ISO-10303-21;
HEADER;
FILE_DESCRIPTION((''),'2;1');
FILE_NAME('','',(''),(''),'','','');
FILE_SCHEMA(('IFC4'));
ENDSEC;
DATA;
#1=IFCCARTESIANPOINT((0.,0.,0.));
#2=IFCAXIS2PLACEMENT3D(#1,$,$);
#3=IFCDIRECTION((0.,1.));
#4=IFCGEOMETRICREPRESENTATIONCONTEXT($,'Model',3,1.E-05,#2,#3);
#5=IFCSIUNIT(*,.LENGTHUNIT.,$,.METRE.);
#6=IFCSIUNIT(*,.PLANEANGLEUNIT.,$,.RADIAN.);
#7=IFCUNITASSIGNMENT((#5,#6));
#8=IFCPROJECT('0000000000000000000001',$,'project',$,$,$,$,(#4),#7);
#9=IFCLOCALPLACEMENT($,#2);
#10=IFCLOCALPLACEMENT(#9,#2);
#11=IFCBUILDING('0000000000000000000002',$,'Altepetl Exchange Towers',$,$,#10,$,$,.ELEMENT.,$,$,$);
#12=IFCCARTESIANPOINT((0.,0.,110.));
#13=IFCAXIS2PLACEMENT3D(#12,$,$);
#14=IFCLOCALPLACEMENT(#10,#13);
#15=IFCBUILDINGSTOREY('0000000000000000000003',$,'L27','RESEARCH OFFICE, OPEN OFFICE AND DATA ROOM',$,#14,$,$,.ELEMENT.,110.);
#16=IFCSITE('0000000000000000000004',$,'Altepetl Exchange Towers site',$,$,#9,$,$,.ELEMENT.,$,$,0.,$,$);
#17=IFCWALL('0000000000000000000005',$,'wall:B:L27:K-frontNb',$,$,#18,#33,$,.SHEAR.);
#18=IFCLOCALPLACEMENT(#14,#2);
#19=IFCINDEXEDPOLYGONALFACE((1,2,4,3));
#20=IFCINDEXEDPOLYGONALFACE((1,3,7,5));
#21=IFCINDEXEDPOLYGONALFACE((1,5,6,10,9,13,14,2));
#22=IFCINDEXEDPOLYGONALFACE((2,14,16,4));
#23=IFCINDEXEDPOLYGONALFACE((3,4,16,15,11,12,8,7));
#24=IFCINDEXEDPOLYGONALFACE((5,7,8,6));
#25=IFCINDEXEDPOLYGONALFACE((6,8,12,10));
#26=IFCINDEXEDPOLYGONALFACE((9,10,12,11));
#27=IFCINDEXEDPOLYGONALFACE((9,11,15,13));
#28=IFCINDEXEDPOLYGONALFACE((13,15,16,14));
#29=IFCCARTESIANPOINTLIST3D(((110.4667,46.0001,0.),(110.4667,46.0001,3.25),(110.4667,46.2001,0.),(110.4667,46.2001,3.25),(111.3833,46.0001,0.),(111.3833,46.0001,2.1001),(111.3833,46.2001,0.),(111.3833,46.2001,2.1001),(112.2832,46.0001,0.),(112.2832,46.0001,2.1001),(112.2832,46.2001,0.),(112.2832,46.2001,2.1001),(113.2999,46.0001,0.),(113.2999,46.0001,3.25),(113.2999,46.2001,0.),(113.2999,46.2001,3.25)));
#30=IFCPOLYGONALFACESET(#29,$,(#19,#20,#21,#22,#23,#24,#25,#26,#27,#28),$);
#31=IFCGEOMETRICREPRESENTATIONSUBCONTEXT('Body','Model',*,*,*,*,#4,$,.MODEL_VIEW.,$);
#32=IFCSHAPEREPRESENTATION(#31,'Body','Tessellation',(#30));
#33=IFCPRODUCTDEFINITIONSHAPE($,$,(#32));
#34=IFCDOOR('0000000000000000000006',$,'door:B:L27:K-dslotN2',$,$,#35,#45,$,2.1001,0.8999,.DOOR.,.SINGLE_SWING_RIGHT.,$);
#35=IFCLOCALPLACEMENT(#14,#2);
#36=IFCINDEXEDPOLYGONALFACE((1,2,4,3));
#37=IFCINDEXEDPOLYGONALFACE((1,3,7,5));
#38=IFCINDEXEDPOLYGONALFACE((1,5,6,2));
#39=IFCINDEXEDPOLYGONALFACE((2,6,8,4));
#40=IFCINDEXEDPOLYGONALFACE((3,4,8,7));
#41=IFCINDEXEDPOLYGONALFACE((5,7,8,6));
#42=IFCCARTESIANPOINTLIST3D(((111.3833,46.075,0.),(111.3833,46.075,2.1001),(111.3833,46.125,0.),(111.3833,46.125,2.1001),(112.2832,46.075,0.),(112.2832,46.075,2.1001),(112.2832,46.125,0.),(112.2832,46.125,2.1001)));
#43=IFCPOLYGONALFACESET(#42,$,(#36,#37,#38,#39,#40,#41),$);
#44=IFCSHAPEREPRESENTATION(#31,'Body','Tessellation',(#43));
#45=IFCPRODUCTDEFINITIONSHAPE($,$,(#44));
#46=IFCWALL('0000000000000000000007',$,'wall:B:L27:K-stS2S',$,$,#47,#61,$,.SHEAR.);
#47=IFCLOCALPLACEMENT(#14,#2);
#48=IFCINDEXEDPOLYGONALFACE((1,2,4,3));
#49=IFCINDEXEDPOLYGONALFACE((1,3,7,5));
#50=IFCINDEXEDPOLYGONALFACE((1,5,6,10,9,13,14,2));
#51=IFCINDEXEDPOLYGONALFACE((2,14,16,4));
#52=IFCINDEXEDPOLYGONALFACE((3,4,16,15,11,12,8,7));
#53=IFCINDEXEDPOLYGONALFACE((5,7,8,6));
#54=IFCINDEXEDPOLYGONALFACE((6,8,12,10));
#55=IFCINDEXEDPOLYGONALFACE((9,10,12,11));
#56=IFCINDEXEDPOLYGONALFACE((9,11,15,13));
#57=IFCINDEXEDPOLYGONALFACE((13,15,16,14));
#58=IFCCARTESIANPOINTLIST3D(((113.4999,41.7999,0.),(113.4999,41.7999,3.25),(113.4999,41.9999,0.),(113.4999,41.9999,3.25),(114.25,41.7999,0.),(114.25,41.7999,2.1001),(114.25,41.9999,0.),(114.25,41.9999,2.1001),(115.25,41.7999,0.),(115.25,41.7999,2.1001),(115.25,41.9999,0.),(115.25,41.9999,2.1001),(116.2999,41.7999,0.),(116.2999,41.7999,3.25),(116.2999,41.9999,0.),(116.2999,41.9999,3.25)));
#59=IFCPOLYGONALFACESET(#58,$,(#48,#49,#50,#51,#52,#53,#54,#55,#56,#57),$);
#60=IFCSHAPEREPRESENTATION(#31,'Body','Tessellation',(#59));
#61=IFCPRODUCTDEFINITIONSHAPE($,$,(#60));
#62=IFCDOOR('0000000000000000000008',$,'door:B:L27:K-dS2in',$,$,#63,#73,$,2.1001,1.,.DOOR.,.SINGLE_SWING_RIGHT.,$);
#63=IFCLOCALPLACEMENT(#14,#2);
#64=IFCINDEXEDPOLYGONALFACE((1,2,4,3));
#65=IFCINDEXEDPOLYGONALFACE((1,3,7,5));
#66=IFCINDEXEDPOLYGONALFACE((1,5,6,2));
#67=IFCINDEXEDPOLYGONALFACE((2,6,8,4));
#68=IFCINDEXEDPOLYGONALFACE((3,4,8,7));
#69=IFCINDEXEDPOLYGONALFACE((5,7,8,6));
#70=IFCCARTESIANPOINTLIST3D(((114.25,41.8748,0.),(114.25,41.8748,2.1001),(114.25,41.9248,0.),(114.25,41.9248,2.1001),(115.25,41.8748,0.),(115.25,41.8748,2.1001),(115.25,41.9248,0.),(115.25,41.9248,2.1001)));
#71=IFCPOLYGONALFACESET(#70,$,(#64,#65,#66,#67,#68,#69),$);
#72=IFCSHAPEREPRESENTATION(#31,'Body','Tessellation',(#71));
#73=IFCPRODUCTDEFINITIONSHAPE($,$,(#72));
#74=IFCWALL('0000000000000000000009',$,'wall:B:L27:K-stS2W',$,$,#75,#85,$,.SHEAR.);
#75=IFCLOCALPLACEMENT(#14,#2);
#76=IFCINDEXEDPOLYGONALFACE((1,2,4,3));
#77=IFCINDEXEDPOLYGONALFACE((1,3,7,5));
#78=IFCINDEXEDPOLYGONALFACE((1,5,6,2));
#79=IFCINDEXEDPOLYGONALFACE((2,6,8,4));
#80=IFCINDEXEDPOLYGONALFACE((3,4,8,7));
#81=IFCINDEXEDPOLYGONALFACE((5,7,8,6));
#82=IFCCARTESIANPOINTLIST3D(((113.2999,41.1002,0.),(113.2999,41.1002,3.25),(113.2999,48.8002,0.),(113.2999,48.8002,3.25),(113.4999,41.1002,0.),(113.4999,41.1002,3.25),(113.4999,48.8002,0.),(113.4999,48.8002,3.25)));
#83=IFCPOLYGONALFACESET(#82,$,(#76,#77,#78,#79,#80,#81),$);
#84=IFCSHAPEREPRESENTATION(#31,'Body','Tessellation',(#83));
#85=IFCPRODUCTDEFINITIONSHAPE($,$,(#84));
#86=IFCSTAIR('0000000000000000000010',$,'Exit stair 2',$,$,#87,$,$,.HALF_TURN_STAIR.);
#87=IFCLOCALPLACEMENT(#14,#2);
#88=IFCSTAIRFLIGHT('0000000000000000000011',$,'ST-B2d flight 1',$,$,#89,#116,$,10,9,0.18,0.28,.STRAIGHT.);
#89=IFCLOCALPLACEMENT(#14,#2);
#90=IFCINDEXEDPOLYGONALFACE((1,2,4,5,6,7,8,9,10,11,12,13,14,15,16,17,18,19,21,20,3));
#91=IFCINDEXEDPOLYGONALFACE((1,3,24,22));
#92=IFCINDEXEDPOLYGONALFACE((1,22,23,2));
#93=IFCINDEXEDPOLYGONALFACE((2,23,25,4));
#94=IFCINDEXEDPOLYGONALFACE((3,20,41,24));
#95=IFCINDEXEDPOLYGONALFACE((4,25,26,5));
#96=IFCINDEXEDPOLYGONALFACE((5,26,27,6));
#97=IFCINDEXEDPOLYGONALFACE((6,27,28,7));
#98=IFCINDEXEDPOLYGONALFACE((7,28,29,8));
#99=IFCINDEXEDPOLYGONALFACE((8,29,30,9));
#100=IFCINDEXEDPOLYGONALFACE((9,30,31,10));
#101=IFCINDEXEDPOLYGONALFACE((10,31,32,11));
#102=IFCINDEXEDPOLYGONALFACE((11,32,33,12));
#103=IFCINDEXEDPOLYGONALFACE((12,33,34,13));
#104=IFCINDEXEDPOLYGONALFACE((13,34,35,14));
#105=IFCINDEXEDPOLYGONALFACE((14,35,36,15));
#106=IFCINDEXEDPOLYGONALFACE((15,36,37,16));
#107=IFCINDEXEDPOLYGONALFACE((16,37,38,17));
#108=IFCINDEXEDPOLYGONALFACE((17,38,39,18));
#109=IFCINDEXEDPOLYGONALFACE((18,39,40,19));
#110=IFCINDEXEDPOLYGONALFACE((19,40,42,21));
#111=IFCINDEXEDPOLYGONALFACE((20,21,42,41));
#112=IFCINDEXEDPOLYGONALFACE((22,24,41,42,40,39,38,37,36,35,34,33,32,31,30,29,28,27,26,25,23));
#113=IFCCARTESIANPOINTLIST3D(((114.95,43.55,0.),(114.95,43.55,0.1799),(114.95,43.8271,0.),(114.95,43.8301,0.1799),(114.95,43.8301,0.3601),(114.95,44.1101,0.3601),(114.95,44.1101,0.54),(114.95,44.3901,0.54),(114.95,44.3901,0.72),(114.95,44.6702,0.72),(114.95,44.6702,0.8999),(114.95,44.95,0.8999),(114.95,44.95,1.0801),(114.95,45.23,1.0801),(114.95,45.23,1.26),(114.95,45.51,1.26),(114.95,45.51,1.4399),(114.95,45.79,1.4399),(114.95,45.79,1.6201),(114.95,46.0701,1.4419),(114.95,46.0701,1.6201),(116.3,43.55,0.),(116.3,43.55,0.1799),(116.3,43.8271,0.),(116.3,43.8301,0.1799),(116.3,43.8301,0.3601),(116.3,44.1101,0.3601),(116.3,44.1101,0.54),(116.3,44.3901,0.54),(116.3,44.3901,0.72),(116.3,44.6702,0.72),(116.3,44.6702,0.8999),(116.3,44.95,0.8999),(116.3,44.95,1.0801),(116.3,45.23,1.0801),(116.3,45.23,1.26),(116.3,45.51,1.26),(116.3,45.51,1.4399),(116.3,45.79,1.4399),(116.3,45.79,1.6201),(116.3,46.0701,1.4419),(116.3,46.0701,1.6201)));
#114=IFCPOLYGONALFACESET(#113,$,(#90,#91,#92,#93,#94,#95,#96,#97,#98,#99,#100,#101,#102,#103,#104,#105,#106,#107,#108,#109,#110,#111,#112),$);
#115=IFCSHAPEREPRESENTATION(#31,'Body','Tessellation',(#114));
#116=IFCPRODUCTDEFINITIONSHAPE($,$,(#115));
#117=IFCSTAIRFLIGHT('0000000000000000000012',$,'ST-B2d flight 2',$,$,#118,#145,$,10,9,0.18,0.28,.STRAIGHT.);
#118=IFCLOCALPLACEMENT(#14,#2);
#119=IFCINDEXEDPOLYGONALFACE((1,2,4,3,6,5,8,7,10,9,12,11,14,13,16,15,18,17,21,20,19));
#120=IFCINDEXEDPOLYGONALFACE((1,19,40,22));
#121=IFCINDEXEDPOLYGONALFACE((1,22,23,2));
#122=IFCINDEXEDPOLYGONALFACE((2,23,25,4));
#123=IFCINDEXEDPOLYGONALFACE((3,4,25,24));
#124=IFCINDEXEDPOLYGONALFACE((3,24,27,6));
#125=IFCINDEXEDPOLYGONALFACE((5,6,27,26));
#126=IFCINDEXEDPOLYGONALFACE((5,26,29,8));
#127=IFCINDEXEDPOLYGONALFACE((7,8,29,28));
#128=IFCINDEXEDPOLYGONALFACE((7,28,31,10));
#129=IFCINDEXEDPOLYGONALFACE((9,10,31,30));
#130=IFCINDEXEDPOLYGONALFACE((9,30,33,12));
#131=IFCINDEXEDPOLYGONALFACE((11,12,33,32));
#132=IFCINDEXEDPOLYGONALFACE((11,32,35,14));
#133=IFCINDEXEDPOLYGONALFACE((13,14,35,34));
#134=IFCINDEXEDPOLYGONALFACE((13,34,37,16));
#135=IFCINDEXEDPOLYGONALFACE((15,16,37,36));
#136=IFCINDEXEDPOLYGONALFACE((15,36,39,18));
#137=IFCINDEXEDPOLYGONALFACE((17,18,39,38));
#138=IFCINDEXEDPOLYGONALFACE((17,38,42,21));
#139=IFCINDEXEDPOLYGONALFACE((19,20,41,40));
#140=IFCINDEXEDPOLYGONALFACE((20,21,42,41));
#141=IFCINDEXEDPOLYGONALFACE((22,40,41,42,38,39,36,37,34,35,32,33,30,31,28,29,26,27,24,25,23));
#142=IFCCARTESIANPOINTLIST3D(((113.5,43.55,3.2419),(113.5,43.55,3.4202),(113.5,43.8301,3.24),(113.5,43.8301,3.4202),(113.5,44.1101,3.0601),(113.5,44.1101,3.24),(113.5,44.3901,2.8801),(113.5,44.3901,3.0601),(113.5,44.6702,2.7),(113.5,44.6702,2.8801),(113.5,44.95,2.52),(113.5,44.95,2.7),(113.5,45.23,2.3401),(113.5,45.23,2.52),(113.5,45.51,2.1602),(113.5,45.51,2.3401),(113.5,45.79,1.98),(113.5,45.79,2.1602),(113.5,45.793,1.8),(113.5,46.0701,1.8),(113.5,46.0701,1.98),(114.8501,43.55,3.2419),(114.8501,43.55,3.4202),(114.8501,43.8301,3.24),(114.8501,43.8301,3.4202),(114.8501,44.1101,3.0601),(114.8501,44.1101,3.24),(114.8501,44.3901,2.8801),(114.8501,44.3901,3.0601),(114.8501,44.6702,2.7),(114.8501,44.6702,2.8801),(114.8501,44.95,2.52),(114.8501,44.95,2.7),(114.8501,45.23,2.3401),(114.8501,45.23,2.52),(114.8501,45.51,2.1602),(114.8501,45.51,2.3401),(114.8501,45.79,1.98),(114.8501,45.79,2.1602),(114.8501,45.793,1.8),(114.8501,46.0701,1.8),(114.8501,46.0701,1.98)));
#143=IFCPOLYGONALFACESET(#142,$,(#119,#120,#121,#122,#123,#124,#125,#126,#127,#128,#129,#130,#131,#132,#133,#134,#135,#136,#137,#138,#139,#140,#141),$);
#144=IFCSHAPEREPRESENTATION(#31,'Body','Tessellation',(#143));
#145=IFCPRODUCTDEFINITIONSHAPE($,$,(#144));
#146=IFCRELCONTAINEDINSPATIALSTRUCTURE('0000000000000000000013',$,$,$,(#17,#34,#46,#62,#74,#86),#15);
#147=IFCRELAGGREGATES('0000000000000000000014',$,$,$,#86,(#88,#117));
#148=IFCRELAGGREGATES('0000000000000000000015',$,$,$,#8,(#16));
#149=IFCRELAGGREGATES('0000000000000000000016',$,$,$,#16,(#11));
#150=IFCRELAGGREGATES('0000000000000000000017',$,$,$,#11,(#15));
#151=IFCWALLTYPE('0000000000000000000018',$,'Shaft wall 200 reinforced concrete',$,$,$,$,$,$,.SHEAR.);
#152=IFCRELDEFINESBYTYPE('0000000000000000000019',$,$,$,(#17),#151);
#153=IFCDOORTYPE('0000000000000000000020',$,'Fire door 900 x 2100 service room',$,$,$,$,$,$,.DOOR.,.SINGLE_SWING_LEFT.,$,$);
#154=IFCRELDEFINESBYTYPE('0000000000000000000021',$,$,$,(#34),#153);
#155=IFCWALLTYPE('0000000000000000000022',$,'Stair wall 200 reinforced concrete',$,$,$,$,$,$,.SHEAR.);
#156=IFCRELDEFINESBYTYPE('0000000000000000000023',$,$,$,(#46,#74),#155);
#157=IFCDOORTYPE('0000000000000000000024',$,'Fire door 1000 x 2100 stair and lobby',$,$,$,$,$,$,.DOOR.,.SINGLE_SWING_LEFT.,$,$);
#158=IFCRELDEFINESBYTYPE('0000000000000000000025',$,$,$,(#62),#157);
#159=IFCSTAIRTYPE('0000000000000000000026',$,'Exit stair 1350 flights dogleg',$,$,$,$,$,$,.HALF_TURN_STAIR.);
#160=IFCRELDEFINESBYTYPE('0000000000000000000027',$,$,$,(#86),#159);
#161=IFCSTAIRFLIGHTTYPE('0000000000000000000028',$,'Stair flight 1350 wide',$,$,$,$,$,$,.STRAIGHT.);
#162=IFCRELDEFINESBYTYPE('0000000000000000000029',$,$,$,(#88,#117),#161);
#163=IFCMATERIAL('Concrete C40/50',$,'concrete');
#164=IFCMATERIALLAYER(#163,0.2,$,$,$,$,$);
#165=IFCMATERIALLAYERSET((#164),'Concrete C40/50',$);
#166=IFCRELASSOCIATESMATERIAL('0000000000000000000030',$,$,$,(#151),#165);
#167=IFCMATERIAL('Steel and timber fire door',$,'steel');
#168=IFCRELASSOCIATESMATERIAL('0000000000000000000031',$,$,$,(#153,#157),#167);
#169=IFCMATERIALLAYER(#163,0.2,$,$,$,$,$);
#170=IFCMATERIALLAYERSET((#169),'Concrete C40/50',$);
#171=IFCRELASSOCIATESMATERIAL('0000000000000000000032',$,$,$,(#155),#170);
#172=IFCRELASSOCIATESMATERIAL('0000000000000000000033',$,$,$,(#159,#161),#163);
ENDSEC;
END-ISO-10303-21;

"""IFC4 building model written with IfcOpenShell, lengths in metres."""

from ifc_helpers import new_model, si_unit, direction, frame, frame_2d, origin, place, context, subcontext, project, spatial, polyline, rectangle, outline, extrude, material, layer, layer_set, type_object, element, fill, aggregate, save


model = new_model("IFC4")

# Units and contexts
model_context = context("Model", 3, precision=1e-05, world=origin(), true_north=direction((0.0, 1.0)))
body_context = subcontext(model_context, "Body", "Model", "MODEL_VIEW")
ifc_project = project(units=[si_unit("LENGTHUNIT", "METRE"), si_unit("PLANEANGLEUNIT", "RADIAN")], contexts=[model_context])

# Site, building, storey
site_placement = place(None, origin())
site = spatial("IfcSite", under=ifc_project, at=site_placement, Name="Altepetl Exchange Towers site", CompositionType="ELEMENT", RefElevation=0.0)
building_placement = place(site_placement, origin())
building = spatial("IfcBuilding", under=site, at=building_placement, Name="Altepetl Exchange Towers", CompositionType="ELEMENT")
storey_placement = place(building_placement, frame((0.0, 0.0, 110.0)))
storey = spatial("IfcBuildingStorey", under=building, at=storey_placement, Name="L27", Description="RESEARCH OFFICE, OPEN OFFICE AND DATA ROOM", CompositionType="ELEMENT", Elevation=110.0)

# Shared definitions
ifc_material_1 = material(Name="Concrete C40/50", Category="concrete")
ifc_layer_1 = layer(ifc_material_1, 0.2)
ifc_layer_set_1 = layer_set([ifc_layer_1], Name="Concrete C40/50")
wall_type_1 = type_object("IfcWallType", Name="Shaft wall 200 reinforced concrete", PredefinedType="SHEAR", material=ifc_layer_set_1)

# Walls, openings, doors
wall_1_placement = place(storey_placement, frame((110.4668, 46.1001, 0.0)))
wall_1 = element("IfcWall", 1, at=wall_1_placement, inside=storey, type_object=wall_type_1, Name="wall:B:L27:K-frontNb", PredefinedType="SHEAR", context=body_context, shape_type="SweptSolid", body=[
    extrude(rectangle(XDim=2.8333, YDim=0.2, at=frame_2d((1.4165, 0.0))), origin(), (0.0, 0.0, 1.0), 3.25),
])
opening_1_placement = place(wall_1_placement, frame((0.9165, 0.0, 0.0)))
opening_1 = element("IfcOpeningElement", 2, at=opening_1_placement, cuts=wall_1, PredefinedType="OPENING", context=body_context, shape_type="SweptSolid", body=[
    extrude(rectangle(XDim=0.8999, YDim=2.1001, at=frame_2d((0.45, 1.05))), frame((0.0, 0.1099, 0.0), z_axis=(0.0, -1.0, 0.0), x_axis=(1.0, 0.0, 0.0)), (0.0, 0.0, 1.0), 0.22),
])
ifc_material_2 = material(Name="Steel and timber fire door", Category="steel")
door_type_1 = type_object("IfcDoorType", Name="Fire door 900 x 2100 service room", OperationType="SINGLE_SWING_LEFT", PredefinedType="DOOR", material=ifc_material_2)
door_1_placement = place(opening_1_placement, origin())
door_1 = element("IfcDoor", 3, at=door_1_placement, inside=storey, type_object=door_type_1, Name="door:B:L27:K-dslotN2", OperationType="SINGLE_SWING_RIGHT", OverallHeight=2.1001, OverallWidth=0.8999, PredefinedType="DOOR", context=body_context, shape_type="SweptSolid", body=[
    extrude(rectangle(XDim=0.8999, YDim=2.1001, at=frame_2d((0.45, 1.05))), frame((0.0, 0.0249, 0.0), z_axis=(0.0, -1.0, 0.0), x_axis=(1.0, 0.0, 0.0)), (0.0, 0.0, 1.0), 0.05),
])
fill(opening_1, door_1)
ifc_layer_2 = layer(ifc_material_1, 0.2)
ifc_layer_set_2 = layer_set([ifc_layer_2], Name="Concrete C40/50")
wall_type_2 = type_object("IfcWallType", Name="Stair wall 200 reinforced concrete", PredefinedType="SHEAR", material=ifc_layer_set_2)
wall_2_placement = place(storey_placement, frame((113.5, 41.8999, 0.0)))
wall_2 = element("IfcWall", 4, at=wall_2_placement, inside=storey, type_object=wall_type_2, Name="wall:B:L27:K-stS2S", PredefinedType="SHEAR", context=body_context, shape_type="SweptSolid", body=[
    extrude(rectangle(XDim=2.8, YDim=0.2, at=frame_2d((1.3999, 0.0))), origin(), (0.0, 0.0, 1.0), 3.25),
])
opening_2_placement = place(wall_2_placement, frame((0.75, 0.0, 0.0)))
opening_2 = element("IfcOpeningElement", 5, at=opening_2_placement, cuts=wall_2, PredefinedType="OPENING", context=body_context, shape_type="SweptSolid", body=[
    extrude(rectangle(XDim=1.0, YDim=2.1001, at=frame_2d((0.5, 1.05))), frame((0.0, 0.1099, 0.0), z_axis=(0.0, -1.0, 0.0), x_axis=(1.0, 0.0, 0.0)), (0.0, 0.0, 1.0), 0.22),
])
door_type_2 = type_object("IfcDoorType", Name="Fire door 1000 x 2100 stair and lobby", OperationType="SINGLE_SWING_LEFT", PredefinedType="DOOR", material=ifc_material_2)
door_2_placement = place(opening_2_placement, origin())
door_2 = element("IfcDoor", 6, at=door_2_placement, inside=storey, type_object=door_type_2, Name="door:B:L27:K-dS2in", OperationType="SINGLE_SWING_RIGHT", OverallHeight=2.1001, OverallWidth=1.0, PredefinedType="DOOR", context=body_context, shape_type="SweptSolid", body=[
    extrude(rectangle(XDim=1.0, YDim=2.1001, at=frame_2d((0.5, 1.05))), frame((0.0, 0.0249, 0.0), z_axis=(0.0, -1.0, 0.0), x_axis=(1.0, 0.0, 0.0)), (0.0, 0.0, 1.0), 0.05),
])
fill(opening_2, door_2)

# Wall
wall_3_placement = place(storey_placement, frame((113.3999, 41.1001, 0.0), z_axis=(0.0, 0.0, 1.0), x_axis=(0.0, 1.0, 0.0)))
element("IfcWall", 7, at=wall_3_placement, inside=storey, type_object=wall_type_2, Name="wall:B:L27:K-stS2W", PredefinedType="SHEAR", context=body_context, shape_type="SweptSolid", body=[
    extrude(rectangle(XDim=7.7, YDim=0.2, at=frame_2d((3.8501, 0.0))), origin(), (0.0, 0.0, 1.0), 3.25),
])

# Stair, stair flights
stair_type = type_object("IfcStairType", Name="Exit stair 1350 flights dogleg", PredefinedType="HALF_TURN_STAIR", material=ifc_material_1)
stair_placement = place(storey_placement, origin())
stair = element("IfcStair", 8, at=stair_placement, inside=storey, type_object=stair_type, Name="Exit stair 2", PredefinedType="HALF_TURN_STAIR")
stair_flight_type = type_object("IfcStairFlightType", Name="Stair flight 1350 wide", PredefinedType="STRAIGHT", material=ifc_material_1)
stair_flight_1_placement = place(storey_placement, frame((115.625, 43.55, 0.0), z_axis=(0.0, 0.0, 1.0), x_axis=(0.0, 1.0, 0.0)))
stair_flight_1 = element("IfcStairFlight", 9, at=stair_flight_1_placement, type_object=stair_flight_type, Name="ST-B2d flight 1", NumberOfRisers=10, NumberOfTreads=9, PredefinedType="STRAIGHT", RiserHeight=0.18, TreadLength=0.28, context=body_context, shape_type="SweptSolid", body=[
    extrude(outline(polyline([(0.0, 0.0), (0.0, 0.1799), (0.28, 0.1799), (0.28, 0.3601), (0.5601, 0.3601), (0.5601, 0.54), (0.8401, 0.54), (0.8401, 0.72), (1.1201, 0.72), (1.1201, 0.8999), (1.3999, 0.8999), (1.3999, 1.0801), (1.6799, 1.0801), (1.6799, 1.26), (1.96, 1.26), (1.96, 1.4399), (2.24, 1.4399), (2.24, 1.6201), (2.52, 1.6201), (2.52, 1.8), (2.52, 1.4419), (0.2771, 0.0), (0.0, 0.0)])), frame((0.0, 0.675, 0.0), z_axis=(0.0, -1.0, 0.0), x_axis=(1.0, 0.0, 0.0)), (0.0, 0.0, 1.0), 1.3501),
])
stair_flight_2_placement = place(storey_placement, frame((114.175, 46.0701, 1.8), z_axis=(0.0, 0.0, 1.0), x_axis=(0.0, -1.0, 0.0)))
stair_flight_2 = element("IfcStairFlight", 10, at=stair_flight_2_placement, type_object=stair_flight_type, Name="ST-B2d flight 2", NumberOfRisers=10, NumberOfTreads=9, PredefinedType="STRAIGHT", RiserHeight=0.18, TreadLength=0.28, context=body_context, shape_type="SweptSolid", body=[
    extrude(outline(polyline([(0.0, 0.0), (0.0, 0.1799), (0.28, 0.1799), (0.28, 0.3601), (0.5601, 0.3601), (0.5601, 0.54), (0.8401, 0.54), (0.8401, 0.72), (1.1201, 0.72), (1.1201, 0.8999), (1.3999, 0.8999), (1.3999, 1.0801), (1.6799, 1.0801), (1.6799, 1.26), (1.96, 1.26), (1.96, 1.4399), (2.24, 1.4399), (2.24, 1.6201), (2.52, 1.6201), (2.52, 1.8), (2.52, 1.4419), (0.2771, 0.0), (0.0, 0.0)])), frame((0.0, 0.675, 0.0), z_axis=(0.0, -1.0, 0.0), x_axis=(1.0, 0.0, 0.0)), (0.0, 0.0, 1.0), 1.3501),
])
aggregate(stair, [stair_flight_1, stair_flight_2])

save(model, "model.ifc")
